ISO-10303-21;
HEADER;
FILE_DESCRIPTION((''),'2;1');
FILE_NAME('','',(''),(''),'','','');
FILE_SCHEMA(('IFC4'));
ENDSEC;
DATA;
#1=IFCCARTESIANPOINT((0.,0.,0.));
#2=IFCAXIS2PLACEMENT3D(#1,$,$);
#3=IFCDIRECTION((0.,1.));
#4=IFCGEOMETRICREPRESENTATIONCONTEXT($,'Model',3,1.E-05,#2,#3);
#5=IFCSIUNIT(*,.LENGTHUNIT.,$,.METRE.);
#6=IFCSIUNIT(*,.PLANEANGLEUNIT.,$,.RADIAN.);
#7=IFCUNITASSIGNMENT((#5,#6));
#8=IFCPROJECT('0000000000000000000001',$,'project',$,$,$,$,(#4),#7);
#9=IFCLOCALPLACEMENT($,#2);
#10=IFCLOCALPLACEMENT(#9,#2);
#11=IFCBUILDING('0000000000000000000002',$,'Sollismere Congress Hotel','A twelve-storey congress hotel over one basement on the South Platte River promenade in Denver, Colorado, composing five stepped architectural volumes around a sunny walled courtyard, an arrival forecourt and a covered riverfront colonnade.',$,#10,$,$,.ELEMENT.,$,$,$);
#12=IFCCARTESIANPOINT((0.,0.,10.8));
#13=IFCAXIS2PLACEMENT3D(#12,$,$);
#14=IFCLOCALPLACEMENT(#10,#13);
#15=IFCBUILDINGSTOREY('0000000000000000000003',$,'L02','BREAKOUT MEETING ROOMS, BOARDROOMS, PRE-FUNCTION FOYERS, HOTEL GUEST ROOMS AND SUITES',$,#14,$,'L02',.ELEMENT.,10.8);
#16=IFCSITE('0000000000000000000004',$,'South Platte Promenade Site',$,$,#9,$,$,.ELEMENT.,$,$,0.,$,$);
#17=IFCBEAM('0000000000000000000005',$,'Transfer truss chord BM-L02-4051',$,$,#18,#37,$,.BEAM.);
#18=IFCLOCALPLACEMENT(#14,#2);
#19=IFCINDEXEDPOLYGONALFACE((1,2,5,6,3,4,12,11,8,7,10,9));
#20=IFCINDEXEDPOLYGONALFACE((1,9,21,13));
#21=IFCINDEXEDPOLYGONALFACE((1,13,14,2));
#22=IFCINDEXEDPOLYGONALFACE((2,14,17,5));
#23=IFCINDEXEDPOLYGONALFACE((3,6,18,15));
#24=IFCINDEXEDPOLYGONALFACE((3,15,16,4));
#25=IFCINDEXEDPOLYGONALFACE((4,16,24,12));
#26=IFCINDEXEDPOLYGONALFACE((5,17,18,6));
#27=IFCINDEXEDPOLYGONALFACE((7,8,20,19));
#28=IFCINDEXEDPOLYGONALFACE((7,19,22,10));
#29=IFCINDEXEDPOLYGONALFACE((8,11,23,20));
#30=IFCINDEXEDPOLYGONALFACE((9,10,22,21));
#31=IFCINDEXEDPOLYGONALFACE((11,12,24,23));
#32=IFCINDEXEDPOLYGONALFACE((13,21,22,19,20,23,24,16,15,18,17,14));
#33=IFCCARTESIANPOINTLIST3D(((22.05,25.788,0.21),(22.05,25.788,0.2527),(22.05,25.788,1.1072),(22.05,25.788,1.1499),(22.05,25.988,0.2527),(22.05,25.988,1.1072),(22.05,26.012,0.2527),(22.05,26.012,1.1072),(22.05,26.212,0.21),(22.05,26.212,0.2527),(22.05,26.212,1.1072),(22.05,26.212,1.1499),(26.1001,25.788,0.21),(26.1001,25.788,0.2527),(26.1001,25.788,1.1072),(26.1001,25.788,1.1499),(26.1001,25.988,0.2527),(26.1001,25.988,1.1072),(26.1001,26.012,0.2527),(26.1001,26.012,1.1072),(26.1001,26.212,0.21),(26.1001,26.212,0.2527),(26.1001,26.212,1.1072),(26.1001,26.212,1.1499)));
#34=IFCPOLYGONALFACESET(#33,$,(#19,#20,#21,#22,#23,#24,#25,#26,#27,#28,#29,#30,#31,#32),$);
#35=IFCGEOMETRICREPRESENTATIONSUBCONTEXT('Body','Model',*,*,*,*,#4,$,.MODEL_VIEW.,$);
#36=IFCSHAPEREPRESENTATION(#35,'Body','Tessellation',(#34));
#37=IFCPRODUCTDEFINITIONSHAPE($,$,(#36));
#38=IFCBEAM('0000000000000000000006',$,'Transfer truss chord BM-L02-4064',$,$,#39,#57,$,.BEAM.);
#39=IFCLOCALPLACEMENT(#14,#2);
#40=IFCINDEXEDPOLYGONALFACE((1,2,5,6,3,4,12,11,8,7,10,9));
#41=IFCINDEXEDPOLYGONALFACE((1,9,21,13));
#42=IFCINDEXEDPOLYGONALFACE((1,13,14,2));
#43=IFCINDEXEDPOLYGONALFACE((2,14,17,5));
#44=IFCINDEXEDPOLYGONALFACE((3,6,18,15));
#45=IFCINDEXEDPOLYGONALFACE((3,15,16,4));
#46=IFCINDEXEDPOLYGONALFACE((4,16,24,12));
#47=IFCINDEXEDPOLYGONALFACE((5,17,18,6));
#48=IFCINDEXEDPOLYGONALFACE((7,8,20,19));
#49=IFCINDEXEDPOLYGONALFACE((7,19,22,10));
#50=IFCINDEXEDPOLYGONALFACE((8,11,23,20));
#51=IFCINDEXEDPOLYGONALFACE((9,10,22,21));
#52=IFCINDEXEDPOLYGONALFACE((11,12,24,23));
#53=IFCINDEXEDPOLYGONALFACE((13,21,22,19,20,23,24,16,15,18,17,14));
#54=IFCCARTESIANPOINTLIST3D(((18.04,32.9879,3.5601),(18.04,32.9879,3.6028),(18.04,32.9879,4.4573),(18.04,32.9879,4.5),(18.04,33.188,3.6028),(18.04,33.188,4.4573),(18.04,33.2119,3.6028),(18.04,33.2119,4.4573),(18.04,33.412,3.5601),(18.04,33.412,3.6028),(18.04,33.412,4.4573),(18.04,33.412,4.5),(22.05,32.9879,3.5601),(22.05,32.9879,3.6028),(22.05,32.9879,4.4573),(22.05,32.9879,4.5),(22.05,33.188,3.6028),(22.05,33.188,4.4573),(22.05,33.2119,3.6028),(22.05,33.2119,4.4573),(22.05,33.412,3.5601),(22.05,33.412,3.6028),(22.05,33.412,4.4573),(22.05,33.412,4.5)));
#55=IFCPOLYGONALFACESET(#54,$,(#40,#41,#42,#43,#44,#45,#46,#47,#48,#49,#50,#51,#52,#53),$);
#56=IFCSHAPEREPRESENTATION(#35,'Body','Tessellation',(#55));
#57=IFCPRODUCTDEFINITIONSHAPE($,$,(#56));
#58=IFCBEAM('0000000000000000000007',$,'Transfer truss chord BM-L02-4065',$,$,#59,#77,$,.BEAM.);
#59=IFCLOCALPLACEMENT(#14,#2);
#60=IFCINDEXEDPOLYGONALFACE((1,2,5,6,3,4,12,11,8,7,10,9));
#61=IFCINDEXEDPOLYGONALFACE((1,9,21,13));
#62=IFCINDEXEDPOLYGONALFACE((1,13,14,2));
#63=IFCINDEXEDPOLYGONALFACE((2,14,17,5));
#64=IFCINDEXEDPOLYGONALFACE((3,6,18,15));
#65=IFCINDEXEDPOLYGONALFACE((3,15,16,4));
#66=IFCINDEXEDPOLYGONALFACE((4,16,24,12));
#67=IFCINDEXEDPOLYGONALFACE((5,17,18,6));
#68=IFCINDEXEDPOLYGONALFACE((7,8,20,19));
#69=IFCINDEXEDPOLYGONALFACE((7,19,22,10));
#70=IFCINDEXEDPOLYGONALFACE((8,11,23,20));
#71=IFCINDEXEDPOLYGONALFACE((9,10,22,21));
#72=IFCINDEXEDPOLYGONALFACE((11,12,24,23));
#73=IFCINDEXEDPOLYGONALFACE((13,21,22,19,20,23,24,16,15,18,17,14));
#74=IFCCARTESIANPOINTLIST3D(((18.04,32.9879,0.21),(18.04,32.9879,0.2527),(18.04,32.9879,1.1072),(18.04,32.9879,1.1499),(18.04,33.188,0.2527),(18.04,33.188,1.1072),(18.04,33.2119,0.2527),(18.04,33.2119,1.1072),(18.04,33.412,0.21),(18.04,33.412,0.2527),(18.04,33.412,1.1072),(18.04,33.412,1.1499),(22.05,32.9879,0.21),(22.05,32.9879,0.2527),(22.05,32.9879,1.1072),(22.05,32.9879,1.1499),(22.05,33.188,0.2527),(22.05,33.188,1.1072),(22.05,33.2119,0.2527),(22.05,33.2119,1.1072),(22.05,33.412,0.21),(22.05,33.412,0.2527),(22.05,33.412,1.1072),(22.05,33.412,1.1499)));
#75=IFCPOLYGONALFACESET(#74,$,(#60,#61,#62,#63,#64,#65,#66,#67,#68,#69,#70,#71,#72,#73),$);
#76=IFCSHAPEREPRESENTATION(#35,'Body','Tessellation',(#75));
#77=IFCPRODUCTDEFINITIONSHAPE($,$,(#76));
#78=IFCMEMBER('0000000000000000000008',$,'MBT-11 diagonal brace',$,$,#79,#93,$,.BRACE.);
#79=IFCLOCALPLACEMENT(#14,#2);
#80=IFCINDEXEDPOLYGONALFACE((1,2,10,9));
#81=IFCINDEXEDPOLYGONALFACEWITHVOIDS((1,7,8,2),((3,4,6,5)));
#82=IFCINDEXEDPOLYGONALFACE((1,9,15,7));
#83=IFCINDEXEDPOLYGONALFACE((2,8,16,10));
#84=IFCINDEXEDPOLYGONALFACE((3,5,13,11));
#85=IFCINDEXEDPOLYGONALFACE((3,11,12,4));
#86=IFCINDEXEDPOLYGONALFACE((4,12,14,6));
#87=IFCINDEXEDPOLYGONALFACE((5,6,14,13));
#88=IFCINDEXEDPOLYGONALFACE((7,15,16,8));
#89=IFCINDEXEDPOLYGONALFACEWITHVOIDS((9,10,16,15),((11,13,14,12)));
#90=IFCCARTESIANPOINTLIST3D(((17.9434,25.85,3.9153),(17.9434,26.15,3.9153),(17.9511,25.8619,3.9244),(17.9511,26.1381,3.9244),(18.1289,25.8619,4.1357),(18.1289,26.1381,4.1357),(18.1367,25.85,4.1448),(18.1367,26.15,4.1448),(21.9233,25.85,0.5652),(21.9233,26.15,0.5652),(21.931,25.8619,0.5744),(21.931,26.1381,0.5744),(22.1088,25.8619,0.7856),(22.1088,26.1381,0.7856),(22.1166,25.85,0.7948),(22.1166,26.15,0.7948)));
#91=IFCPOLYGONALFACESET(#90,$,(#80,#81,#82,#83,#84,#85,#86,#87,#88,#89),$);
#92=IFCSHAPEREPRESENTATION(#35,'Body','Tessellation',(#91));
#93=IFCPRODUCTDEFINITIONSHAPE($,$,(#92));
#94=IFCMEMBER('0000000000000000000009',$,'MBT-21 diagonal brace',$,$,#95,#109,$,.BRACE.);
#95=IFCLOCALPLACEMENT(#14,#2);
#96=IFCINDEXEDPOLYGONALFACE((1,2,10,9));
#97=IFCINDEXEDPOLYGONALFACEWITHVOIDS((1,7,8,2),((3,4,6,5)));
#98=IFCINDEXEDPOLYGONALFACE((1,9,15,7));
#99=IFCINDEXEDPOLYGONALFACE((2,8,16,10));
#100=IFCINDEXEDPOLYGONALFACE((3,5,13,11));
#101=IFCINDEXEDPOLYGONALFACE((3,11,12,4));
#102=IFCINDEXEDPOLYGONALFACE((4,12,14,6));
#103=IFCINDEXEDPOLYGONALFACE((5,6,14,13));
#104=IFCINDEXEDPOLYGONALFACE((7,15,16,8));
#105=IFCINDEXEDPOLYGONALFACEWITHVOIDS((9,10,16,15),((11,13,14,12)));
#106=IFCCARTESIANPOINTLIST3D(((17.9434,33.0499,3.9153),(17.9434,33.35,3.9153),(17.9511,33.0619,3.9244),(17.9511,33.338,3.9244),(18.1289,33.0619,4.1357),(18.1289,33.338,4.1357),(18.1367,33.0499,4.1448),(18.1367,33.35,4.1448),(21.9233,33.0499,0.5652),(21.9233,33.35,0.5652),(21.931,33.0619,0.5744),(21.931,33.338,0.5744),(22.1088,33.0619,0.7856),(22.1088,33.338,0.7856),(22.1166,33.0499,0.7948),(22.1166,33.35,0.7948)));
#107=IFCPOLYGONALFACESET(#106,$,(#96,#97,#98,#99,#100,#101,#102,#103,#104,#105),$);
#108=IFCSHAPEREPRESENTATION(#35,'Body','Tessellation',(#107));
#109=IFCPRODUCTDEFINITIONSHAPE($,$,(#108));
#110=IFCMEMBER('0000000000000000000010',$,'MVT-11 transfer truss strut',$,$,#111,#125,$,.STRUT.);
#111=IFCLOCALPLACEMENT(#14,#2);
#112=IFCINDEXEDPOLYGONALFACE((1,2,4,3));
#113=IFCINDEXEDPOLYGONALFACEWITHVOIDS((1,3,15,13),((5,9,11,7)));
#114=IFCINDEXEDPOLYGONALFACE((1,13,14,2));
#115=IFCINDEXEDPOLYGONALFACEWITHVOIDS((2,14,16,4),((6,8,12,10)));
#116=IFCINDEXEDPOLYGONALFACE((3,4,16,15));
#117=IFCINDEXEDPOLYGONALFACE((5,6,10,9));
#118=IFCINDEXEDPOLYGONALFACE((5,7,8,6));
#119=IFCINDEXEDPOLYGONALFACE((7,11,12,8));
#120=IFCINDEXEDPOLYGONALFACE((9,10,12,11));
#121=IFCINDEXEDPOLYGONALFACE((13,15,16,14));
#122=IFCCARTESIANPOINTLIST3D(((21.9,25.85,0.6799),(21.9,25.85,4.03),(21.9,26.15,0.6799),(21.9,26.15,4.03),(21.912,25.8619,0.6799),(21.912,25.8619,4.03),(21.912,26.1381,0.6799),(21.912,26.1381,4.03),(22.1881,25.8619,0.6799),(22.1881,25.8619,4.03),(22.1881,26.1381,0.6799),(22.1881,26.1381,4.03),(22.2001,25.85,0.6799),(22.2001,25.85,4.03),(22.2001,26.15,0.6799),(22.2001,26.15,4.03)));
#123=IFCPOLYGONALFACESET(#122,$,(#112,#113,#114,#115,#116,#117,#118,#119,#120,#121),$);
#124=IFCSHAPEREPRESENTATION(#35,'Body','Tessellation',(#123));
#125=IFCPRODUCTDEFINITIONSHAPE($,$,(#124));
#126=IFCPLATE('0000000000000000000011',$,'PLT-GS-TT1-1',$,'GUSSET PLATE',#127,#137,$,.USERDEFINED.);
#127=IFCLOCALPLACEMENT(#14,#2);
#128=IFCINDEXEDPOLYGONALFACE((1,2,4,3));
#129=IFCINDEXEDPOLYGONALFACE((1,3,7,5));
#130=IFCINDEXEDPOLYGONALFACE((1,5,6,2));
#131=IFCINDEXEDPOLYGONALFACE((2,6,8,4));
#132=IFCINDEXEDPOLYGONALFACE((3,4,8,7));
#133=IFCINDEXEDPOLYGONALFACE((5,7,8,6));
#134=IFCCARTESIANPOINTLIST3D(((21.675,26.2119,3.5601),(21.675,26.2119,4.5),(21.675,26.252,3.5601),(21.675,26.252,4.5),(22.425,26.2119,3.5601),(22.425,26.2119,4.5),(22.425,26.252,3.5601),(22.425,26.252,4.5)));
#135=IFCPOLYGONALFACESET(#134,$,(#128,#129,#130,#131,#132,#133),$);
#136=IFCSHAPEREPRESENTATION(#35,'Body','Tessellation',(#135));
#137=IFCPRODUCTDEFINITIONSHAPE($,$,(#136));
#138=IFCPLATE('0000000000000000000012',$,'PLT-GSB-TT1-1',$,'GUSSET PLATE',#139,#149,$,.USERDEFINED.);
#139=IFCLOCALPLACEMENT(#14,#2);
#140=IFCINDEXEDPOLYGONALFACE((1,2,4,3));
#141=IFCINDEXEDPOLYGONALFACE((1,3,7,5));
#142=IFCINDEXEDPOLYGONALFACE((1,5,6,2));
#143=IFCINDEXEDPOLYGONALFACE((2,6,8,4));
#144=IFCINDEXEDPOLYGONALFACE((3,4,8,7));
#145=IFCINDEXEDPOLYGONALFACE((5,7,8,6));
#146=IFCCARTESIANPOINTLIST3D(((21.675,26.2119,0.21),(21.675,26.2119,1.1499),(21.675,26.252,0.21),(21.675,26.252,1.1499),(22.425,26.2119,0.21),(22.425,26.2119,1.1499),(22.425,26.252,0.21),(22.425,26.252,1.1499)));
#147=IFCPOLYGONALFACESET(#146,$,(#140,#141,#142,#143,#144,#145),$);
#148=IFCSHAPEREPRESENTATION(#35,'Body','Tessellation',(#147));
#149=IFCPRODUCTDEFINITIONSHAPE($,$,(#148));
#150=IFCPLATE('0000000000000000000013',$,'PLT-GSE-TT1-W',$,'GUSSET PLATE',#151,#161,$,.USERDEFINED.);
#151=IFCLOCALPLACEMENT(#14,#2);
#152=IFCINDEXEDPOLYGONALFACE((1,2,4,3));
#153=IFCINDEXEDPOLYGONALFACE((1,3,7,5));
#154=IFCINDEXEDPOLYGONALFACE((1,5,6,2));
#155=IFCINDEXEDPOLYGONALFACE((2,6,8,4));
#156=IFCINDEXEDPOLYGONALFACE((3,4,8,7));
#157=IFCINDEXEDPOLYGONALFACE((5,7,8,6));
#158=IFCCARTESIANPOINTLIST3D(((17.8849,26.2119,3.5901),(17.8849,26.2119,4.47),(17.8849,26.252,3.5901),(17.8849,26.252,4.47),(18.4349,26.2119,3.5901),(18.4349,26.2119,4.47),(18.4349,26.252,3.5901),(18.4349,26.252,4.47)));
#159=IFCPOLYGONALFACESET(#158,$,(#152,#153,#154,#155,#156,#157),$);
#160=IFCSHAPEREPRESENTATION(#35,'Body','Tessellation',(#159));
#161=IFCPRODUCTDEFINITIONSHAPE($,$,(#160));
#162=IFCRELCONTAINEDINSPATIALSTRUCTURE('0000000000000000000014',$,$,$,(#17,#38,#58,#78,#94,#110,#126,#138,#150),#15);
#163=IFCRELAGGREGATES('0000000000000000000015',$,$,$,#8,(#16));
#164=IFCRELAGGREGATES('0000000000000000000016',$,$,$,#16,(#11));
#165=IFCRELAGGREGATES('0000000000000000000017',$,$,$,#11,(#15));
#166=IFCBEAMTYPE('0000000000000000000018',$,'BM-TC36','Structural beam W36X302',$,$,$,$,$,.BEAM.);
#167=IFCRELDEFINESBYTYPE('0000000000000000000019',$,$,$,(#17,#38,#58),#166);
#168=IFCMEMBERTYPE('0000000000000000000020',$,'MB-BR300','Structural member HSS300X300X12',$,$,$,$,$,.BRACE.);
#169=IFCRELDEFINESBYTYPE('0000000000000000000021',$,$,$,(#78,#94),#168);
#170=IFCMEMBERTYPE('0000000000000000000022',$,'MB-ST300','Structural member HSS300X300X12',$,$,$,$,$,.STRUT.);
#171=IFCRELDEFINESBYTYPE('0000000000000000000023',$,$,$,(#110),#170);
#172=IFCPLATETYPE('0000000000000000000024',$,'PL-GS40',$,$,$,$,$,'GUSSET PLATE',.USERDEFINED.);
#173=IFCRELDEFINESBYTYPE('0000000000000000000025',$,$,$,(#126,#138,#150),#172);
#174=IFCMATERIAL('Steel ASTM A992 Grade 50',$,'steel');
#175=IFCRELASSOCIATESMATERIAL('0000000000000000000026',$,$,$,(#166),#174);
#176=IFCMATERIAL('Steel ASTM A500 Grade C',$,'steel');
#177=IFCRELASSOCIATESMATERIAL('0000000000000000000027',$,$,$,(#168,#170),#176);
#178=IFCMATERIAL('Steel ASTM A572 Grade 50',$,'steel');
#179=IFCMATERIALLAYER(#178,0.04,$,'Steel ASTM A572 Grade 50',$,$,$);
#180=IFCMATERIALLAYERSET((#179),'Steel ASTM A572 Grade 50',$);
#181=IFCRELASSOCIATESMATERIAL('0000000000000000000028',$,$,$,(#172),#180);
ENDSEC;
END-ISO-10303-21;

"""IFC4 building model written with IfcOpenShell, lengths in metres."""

from ifc_helpers import new_model, si_unit, direction, frame, origin, origin_2d, place, context, subcontext, project, spatial, rectangle, hollow_rectangle, i_section, extrude, material, layer, layer_set, material_profile, profile_set, type_object, element, save


model = new_model("IFC4")

# Units and contexts
model_context = context("Model", 3, precision=1e-05, world=origin(), true_north=direction((0.0, 1.0)))
body_context = subcontext(model_context, "Body", "Model", "MODEL_VIEW")
ifc_project = project(units=[si_unit("LENGTHUNIT", "METRE"), si_unit("PLANEANGLEUNIT", "RADIAN")], contexts=[model_context])

# Site, building, storey
site_placement = place(None, origin())
site = spatial("IfcSite", under=ifc_project, at=site_placement, Name="South Platte Promenade Site", CompositionType="ELEMENT", RefElevation=0.0)
building_placement = place(site_placement, origin())
building = spatial("IfcBuilding", under=site, at=building_placement, Name="Sollismere Congress Hotel", Description="A twelve-storey congress hotel over one basement on the South Platte River promenade in Denver, Colorado, composing five stepped architectural volumes around a sunny walled courtyard, an arrival forecourt and a covered riverfront colonnade.", CompositionType="ELEMENT")
storey_placement = place(building_placement, frame((0.0, 0.0, 10.8)))
storey = spatial("IfcBuildingStorey", under=building, at=storey_placement, Name="L02", Description="BREAKOUT MEETING ROOMS, BOARDROOMS, PRE-FUNCTION FOYERS, HOTEL GUEST ROOMS AND SUITES", LongName="L02", CompositionType="ELEMENT", Elevation=10.8)

# Shared definitions
ifc_material_1 = material(Name="Steel ASTM A992 Grade 50", Category="steel")

# Beams
ifc_material_profile_1 = material_profile(ifc_material_1, i_section(OverallWidth=0.4241, OverallDepth=0.9399, WebThickness=0.0239, FlangeThickness=0.0427, at=origin_2d()), Name="W36X302")
ifc_profile_set_1 = profile_set([ifc_material_profile_1], Name="Steel ASTM A992 Grade 50")
beam_type_1 = type_object("IfcBeamType", Name="BM-TC36", Description="Structural beam W36X302", PredefinedType="BEAM", material=ifc_profile_set_1)
for number, where, z_axis, x_axis, name in (
    (1, (22.05, 26.0, 0.6799), (1.0, 0.0, 0.0), (0.0, 1.0, 0.0), "Transfer truss chord BM-L02-4051"),
):
    element("IfcBeam", number, at=place(storey_placement, frame(where, z_axis=z_axis, x_axis=x_axis)), inside=storey, type_object=beam_type_1, Name=name, PredefinedType="BEAM", context=body_context, shape_type="SweptSolid", body=[
        extrude(i_section(OverallWidth=0.4241, OverallDepth=0.9399, WebThickness=0.0239, FlangeThickness=0.0427, at=origin_2d()), origin(), (0.0, 0.0, 1.0), 4.05),
    ])
for number, where, z_axis, x_axis, name in (
    (2, (18.04, 33.2, 4.03), (1.0, 0.0, 0.0), (0.0, 1.0, 0.0), "Transfer truss chord BM-L02-4064"),
    (3, (18.04, 33.2, 0.6799), (1.0, 0.0, 0.0), (0.0, 1.0, 0.0), "Transfer truss chord BM-L02-4065"),
):
    element("IfcBeam", number, at=place(storey_placement, frame(where, z_axis=z_axis, x_axis=x_axis)), inside=storey, type_object=beam_type_1, Name=name, PredefinedType="BEAM", context=body_context, shape_type="SweptSolid", body=[
        extrude(i_section(OverallWidth=0.4241, OverallDepth=0.9399, WebThickness=0.0239, FlangeThickness=0.0427, at=origin_2d()), origin(), (0.0, 0.0, 1.0), 4.01),
    ])

# Members
ifc_material_2 = material(Name="Steel ASTM A500 Grade C", Category="steel")
ifc_material_profile_2 = material_profile(ifc_material_2, hollow_rectangle(XDim=0.3, YDim=0.3, WallThickness=0.012, at=origin_2d()), Name="HSS300X300X12")
ifc_profile_set_2 = profile_set([ifc_material_profile_2], Name="Steel ASTM A500 Grade C")
member_type_1 = type_object("IfcMemberType", Name="MB-BR300", Description="Structural member HSS300X300X12", PredefinedType="BRACE", material=ifc_profile_set_2)
for number, where, z_axis, x_axis, name in (
    (4, (18.04, 26.0, 4.03), (0.76505, 0.0, -0.643971), (0.0, 1.0, 0.0), "MBT-11 diagonal brace"),
    (5, (18.04, 33.2, 4.03), (0.76505, 0.0, -0.643971), (0.0, 1.0, 0.0), "MBT-21 diagonal brace"),
):
    element("IfcMember", number, at=place(storey_placement, frame(where, z_axis=z_axis, x_axis=x_axis)), inside=storey, type_object=member_type_1, Name=name, PredefinedType="BRACE", context=body_context, shape_type="SweptSolid", body=[
        extrude(hollow_rectangle(XDim=0.3, YDim=0.3, WallThickness=0.012, at=origin_2d()), origin(), (0.0, 0.0, 1.0), 5.2021),
    ])
ifc_material_profile_3 = material_profile(ifc_material_2, hollow_rectangle(XDim=0.3, YDim=0.3, WallThickness=0.012, at=origin_2d()), Name="HSS300X300X12")
ifc_profile_set_3 = profile_set([ifc_material_profile_3], Name="Steel ASTM A500 Grade C")
member_type_2 = type_object("IfcMemberType", Name="MB-ST300", Description="Structural member HSS300X300X12", PredefinedType="STRUT", material=ifc_profile_set_3)
member_placement = place(storey_placement, frame((22.05, 26.0, 0.6799), z_axis=(0.0, 0.0, 1.0), x_axis=(1.0, 0.0, 0.0)))
element("IfcMember", 6, at=member_placement, inside=storey, type_object=member_type_2, Name="MVT-11 transfer truss strut", PredefinedType="STRUT", context=body_context, shape_type="SweptSolid", body=[
    extrude(hollow_rectangle(XDim=0.3, YDim=0.3, WallThickness=0.012, at=origin_2d()), origin(), (0.0, 0.0, 1.0), 3.3501),
])

# Plates
ifc_material_3 = material(Name="Steel ASTM A572 Grade 50", Category="steel")
ifc_layer_1 = layer(ifc_material_3, 0.04, Name="Steel ASTM A572 Grade 50")
ifc_layer_set_1 = layer_set([ifc_layer_1], Name="Steel ASTM A572 Grade 50")
plate_type = type_object("IfcPlateType", Name="PL-GS40", ElementType="GUSSET PLATE", PredefinedType="USERDEFINED", material=ifc_layer_set_1)
for number, where, z_axis, x_axis, name in (
    (7, (22.05, 26.2319, 3.5601), (0.0, 0.0, 1.0), (1.0, 0.0, 0.0), "PLT-GS-TT1-1"),
    (8, (22.05, 26.2319, 0.21), (0.0, 0.0, 1.0), (1.0, 0.0, 0.0), "PLT-GSB-TT1-1"),
):
    element("IfcPlate", number, at=place(storey_placement, frame(where, z_axis=z_axis, x_axis=x_axis)), inside=storey, type_object=plate_type, Name=name, ObjectType="GUSSET PLATE", PredefinedType="USERDEFINED", context=body_context, shape_type="SweptSolid", body=[
        extrude(rectangle(XDim=0.75, YDim=0.04, at=origin_2d()), origin(), (0.0, 0.0, 1.0), 0.9399),
    ])
plate_placement = place(storey_placement, frame((18.1599, 26.2319, 3.5901), z_axis=(0.0, 0.0, 1.0), x_axis=(1.0, 0.0, 0.0)))
element("IfcPlate", 9, at=plate_placement, inside=storey, type_object=plate_type, Name="PLT-GSE-TT1-W", ObjectType="GUSSET PLATE", PredefinedType="USERDEFINED", context=body_context, shape_type="SweptSolid", body=[
    extrude(rectangle(XDim=0.55, YDim=0.04, at=origin_2d()), origin(), (0.0, 0.0, 1.0), 0.8799),
])

save(model, "model.ifc")
